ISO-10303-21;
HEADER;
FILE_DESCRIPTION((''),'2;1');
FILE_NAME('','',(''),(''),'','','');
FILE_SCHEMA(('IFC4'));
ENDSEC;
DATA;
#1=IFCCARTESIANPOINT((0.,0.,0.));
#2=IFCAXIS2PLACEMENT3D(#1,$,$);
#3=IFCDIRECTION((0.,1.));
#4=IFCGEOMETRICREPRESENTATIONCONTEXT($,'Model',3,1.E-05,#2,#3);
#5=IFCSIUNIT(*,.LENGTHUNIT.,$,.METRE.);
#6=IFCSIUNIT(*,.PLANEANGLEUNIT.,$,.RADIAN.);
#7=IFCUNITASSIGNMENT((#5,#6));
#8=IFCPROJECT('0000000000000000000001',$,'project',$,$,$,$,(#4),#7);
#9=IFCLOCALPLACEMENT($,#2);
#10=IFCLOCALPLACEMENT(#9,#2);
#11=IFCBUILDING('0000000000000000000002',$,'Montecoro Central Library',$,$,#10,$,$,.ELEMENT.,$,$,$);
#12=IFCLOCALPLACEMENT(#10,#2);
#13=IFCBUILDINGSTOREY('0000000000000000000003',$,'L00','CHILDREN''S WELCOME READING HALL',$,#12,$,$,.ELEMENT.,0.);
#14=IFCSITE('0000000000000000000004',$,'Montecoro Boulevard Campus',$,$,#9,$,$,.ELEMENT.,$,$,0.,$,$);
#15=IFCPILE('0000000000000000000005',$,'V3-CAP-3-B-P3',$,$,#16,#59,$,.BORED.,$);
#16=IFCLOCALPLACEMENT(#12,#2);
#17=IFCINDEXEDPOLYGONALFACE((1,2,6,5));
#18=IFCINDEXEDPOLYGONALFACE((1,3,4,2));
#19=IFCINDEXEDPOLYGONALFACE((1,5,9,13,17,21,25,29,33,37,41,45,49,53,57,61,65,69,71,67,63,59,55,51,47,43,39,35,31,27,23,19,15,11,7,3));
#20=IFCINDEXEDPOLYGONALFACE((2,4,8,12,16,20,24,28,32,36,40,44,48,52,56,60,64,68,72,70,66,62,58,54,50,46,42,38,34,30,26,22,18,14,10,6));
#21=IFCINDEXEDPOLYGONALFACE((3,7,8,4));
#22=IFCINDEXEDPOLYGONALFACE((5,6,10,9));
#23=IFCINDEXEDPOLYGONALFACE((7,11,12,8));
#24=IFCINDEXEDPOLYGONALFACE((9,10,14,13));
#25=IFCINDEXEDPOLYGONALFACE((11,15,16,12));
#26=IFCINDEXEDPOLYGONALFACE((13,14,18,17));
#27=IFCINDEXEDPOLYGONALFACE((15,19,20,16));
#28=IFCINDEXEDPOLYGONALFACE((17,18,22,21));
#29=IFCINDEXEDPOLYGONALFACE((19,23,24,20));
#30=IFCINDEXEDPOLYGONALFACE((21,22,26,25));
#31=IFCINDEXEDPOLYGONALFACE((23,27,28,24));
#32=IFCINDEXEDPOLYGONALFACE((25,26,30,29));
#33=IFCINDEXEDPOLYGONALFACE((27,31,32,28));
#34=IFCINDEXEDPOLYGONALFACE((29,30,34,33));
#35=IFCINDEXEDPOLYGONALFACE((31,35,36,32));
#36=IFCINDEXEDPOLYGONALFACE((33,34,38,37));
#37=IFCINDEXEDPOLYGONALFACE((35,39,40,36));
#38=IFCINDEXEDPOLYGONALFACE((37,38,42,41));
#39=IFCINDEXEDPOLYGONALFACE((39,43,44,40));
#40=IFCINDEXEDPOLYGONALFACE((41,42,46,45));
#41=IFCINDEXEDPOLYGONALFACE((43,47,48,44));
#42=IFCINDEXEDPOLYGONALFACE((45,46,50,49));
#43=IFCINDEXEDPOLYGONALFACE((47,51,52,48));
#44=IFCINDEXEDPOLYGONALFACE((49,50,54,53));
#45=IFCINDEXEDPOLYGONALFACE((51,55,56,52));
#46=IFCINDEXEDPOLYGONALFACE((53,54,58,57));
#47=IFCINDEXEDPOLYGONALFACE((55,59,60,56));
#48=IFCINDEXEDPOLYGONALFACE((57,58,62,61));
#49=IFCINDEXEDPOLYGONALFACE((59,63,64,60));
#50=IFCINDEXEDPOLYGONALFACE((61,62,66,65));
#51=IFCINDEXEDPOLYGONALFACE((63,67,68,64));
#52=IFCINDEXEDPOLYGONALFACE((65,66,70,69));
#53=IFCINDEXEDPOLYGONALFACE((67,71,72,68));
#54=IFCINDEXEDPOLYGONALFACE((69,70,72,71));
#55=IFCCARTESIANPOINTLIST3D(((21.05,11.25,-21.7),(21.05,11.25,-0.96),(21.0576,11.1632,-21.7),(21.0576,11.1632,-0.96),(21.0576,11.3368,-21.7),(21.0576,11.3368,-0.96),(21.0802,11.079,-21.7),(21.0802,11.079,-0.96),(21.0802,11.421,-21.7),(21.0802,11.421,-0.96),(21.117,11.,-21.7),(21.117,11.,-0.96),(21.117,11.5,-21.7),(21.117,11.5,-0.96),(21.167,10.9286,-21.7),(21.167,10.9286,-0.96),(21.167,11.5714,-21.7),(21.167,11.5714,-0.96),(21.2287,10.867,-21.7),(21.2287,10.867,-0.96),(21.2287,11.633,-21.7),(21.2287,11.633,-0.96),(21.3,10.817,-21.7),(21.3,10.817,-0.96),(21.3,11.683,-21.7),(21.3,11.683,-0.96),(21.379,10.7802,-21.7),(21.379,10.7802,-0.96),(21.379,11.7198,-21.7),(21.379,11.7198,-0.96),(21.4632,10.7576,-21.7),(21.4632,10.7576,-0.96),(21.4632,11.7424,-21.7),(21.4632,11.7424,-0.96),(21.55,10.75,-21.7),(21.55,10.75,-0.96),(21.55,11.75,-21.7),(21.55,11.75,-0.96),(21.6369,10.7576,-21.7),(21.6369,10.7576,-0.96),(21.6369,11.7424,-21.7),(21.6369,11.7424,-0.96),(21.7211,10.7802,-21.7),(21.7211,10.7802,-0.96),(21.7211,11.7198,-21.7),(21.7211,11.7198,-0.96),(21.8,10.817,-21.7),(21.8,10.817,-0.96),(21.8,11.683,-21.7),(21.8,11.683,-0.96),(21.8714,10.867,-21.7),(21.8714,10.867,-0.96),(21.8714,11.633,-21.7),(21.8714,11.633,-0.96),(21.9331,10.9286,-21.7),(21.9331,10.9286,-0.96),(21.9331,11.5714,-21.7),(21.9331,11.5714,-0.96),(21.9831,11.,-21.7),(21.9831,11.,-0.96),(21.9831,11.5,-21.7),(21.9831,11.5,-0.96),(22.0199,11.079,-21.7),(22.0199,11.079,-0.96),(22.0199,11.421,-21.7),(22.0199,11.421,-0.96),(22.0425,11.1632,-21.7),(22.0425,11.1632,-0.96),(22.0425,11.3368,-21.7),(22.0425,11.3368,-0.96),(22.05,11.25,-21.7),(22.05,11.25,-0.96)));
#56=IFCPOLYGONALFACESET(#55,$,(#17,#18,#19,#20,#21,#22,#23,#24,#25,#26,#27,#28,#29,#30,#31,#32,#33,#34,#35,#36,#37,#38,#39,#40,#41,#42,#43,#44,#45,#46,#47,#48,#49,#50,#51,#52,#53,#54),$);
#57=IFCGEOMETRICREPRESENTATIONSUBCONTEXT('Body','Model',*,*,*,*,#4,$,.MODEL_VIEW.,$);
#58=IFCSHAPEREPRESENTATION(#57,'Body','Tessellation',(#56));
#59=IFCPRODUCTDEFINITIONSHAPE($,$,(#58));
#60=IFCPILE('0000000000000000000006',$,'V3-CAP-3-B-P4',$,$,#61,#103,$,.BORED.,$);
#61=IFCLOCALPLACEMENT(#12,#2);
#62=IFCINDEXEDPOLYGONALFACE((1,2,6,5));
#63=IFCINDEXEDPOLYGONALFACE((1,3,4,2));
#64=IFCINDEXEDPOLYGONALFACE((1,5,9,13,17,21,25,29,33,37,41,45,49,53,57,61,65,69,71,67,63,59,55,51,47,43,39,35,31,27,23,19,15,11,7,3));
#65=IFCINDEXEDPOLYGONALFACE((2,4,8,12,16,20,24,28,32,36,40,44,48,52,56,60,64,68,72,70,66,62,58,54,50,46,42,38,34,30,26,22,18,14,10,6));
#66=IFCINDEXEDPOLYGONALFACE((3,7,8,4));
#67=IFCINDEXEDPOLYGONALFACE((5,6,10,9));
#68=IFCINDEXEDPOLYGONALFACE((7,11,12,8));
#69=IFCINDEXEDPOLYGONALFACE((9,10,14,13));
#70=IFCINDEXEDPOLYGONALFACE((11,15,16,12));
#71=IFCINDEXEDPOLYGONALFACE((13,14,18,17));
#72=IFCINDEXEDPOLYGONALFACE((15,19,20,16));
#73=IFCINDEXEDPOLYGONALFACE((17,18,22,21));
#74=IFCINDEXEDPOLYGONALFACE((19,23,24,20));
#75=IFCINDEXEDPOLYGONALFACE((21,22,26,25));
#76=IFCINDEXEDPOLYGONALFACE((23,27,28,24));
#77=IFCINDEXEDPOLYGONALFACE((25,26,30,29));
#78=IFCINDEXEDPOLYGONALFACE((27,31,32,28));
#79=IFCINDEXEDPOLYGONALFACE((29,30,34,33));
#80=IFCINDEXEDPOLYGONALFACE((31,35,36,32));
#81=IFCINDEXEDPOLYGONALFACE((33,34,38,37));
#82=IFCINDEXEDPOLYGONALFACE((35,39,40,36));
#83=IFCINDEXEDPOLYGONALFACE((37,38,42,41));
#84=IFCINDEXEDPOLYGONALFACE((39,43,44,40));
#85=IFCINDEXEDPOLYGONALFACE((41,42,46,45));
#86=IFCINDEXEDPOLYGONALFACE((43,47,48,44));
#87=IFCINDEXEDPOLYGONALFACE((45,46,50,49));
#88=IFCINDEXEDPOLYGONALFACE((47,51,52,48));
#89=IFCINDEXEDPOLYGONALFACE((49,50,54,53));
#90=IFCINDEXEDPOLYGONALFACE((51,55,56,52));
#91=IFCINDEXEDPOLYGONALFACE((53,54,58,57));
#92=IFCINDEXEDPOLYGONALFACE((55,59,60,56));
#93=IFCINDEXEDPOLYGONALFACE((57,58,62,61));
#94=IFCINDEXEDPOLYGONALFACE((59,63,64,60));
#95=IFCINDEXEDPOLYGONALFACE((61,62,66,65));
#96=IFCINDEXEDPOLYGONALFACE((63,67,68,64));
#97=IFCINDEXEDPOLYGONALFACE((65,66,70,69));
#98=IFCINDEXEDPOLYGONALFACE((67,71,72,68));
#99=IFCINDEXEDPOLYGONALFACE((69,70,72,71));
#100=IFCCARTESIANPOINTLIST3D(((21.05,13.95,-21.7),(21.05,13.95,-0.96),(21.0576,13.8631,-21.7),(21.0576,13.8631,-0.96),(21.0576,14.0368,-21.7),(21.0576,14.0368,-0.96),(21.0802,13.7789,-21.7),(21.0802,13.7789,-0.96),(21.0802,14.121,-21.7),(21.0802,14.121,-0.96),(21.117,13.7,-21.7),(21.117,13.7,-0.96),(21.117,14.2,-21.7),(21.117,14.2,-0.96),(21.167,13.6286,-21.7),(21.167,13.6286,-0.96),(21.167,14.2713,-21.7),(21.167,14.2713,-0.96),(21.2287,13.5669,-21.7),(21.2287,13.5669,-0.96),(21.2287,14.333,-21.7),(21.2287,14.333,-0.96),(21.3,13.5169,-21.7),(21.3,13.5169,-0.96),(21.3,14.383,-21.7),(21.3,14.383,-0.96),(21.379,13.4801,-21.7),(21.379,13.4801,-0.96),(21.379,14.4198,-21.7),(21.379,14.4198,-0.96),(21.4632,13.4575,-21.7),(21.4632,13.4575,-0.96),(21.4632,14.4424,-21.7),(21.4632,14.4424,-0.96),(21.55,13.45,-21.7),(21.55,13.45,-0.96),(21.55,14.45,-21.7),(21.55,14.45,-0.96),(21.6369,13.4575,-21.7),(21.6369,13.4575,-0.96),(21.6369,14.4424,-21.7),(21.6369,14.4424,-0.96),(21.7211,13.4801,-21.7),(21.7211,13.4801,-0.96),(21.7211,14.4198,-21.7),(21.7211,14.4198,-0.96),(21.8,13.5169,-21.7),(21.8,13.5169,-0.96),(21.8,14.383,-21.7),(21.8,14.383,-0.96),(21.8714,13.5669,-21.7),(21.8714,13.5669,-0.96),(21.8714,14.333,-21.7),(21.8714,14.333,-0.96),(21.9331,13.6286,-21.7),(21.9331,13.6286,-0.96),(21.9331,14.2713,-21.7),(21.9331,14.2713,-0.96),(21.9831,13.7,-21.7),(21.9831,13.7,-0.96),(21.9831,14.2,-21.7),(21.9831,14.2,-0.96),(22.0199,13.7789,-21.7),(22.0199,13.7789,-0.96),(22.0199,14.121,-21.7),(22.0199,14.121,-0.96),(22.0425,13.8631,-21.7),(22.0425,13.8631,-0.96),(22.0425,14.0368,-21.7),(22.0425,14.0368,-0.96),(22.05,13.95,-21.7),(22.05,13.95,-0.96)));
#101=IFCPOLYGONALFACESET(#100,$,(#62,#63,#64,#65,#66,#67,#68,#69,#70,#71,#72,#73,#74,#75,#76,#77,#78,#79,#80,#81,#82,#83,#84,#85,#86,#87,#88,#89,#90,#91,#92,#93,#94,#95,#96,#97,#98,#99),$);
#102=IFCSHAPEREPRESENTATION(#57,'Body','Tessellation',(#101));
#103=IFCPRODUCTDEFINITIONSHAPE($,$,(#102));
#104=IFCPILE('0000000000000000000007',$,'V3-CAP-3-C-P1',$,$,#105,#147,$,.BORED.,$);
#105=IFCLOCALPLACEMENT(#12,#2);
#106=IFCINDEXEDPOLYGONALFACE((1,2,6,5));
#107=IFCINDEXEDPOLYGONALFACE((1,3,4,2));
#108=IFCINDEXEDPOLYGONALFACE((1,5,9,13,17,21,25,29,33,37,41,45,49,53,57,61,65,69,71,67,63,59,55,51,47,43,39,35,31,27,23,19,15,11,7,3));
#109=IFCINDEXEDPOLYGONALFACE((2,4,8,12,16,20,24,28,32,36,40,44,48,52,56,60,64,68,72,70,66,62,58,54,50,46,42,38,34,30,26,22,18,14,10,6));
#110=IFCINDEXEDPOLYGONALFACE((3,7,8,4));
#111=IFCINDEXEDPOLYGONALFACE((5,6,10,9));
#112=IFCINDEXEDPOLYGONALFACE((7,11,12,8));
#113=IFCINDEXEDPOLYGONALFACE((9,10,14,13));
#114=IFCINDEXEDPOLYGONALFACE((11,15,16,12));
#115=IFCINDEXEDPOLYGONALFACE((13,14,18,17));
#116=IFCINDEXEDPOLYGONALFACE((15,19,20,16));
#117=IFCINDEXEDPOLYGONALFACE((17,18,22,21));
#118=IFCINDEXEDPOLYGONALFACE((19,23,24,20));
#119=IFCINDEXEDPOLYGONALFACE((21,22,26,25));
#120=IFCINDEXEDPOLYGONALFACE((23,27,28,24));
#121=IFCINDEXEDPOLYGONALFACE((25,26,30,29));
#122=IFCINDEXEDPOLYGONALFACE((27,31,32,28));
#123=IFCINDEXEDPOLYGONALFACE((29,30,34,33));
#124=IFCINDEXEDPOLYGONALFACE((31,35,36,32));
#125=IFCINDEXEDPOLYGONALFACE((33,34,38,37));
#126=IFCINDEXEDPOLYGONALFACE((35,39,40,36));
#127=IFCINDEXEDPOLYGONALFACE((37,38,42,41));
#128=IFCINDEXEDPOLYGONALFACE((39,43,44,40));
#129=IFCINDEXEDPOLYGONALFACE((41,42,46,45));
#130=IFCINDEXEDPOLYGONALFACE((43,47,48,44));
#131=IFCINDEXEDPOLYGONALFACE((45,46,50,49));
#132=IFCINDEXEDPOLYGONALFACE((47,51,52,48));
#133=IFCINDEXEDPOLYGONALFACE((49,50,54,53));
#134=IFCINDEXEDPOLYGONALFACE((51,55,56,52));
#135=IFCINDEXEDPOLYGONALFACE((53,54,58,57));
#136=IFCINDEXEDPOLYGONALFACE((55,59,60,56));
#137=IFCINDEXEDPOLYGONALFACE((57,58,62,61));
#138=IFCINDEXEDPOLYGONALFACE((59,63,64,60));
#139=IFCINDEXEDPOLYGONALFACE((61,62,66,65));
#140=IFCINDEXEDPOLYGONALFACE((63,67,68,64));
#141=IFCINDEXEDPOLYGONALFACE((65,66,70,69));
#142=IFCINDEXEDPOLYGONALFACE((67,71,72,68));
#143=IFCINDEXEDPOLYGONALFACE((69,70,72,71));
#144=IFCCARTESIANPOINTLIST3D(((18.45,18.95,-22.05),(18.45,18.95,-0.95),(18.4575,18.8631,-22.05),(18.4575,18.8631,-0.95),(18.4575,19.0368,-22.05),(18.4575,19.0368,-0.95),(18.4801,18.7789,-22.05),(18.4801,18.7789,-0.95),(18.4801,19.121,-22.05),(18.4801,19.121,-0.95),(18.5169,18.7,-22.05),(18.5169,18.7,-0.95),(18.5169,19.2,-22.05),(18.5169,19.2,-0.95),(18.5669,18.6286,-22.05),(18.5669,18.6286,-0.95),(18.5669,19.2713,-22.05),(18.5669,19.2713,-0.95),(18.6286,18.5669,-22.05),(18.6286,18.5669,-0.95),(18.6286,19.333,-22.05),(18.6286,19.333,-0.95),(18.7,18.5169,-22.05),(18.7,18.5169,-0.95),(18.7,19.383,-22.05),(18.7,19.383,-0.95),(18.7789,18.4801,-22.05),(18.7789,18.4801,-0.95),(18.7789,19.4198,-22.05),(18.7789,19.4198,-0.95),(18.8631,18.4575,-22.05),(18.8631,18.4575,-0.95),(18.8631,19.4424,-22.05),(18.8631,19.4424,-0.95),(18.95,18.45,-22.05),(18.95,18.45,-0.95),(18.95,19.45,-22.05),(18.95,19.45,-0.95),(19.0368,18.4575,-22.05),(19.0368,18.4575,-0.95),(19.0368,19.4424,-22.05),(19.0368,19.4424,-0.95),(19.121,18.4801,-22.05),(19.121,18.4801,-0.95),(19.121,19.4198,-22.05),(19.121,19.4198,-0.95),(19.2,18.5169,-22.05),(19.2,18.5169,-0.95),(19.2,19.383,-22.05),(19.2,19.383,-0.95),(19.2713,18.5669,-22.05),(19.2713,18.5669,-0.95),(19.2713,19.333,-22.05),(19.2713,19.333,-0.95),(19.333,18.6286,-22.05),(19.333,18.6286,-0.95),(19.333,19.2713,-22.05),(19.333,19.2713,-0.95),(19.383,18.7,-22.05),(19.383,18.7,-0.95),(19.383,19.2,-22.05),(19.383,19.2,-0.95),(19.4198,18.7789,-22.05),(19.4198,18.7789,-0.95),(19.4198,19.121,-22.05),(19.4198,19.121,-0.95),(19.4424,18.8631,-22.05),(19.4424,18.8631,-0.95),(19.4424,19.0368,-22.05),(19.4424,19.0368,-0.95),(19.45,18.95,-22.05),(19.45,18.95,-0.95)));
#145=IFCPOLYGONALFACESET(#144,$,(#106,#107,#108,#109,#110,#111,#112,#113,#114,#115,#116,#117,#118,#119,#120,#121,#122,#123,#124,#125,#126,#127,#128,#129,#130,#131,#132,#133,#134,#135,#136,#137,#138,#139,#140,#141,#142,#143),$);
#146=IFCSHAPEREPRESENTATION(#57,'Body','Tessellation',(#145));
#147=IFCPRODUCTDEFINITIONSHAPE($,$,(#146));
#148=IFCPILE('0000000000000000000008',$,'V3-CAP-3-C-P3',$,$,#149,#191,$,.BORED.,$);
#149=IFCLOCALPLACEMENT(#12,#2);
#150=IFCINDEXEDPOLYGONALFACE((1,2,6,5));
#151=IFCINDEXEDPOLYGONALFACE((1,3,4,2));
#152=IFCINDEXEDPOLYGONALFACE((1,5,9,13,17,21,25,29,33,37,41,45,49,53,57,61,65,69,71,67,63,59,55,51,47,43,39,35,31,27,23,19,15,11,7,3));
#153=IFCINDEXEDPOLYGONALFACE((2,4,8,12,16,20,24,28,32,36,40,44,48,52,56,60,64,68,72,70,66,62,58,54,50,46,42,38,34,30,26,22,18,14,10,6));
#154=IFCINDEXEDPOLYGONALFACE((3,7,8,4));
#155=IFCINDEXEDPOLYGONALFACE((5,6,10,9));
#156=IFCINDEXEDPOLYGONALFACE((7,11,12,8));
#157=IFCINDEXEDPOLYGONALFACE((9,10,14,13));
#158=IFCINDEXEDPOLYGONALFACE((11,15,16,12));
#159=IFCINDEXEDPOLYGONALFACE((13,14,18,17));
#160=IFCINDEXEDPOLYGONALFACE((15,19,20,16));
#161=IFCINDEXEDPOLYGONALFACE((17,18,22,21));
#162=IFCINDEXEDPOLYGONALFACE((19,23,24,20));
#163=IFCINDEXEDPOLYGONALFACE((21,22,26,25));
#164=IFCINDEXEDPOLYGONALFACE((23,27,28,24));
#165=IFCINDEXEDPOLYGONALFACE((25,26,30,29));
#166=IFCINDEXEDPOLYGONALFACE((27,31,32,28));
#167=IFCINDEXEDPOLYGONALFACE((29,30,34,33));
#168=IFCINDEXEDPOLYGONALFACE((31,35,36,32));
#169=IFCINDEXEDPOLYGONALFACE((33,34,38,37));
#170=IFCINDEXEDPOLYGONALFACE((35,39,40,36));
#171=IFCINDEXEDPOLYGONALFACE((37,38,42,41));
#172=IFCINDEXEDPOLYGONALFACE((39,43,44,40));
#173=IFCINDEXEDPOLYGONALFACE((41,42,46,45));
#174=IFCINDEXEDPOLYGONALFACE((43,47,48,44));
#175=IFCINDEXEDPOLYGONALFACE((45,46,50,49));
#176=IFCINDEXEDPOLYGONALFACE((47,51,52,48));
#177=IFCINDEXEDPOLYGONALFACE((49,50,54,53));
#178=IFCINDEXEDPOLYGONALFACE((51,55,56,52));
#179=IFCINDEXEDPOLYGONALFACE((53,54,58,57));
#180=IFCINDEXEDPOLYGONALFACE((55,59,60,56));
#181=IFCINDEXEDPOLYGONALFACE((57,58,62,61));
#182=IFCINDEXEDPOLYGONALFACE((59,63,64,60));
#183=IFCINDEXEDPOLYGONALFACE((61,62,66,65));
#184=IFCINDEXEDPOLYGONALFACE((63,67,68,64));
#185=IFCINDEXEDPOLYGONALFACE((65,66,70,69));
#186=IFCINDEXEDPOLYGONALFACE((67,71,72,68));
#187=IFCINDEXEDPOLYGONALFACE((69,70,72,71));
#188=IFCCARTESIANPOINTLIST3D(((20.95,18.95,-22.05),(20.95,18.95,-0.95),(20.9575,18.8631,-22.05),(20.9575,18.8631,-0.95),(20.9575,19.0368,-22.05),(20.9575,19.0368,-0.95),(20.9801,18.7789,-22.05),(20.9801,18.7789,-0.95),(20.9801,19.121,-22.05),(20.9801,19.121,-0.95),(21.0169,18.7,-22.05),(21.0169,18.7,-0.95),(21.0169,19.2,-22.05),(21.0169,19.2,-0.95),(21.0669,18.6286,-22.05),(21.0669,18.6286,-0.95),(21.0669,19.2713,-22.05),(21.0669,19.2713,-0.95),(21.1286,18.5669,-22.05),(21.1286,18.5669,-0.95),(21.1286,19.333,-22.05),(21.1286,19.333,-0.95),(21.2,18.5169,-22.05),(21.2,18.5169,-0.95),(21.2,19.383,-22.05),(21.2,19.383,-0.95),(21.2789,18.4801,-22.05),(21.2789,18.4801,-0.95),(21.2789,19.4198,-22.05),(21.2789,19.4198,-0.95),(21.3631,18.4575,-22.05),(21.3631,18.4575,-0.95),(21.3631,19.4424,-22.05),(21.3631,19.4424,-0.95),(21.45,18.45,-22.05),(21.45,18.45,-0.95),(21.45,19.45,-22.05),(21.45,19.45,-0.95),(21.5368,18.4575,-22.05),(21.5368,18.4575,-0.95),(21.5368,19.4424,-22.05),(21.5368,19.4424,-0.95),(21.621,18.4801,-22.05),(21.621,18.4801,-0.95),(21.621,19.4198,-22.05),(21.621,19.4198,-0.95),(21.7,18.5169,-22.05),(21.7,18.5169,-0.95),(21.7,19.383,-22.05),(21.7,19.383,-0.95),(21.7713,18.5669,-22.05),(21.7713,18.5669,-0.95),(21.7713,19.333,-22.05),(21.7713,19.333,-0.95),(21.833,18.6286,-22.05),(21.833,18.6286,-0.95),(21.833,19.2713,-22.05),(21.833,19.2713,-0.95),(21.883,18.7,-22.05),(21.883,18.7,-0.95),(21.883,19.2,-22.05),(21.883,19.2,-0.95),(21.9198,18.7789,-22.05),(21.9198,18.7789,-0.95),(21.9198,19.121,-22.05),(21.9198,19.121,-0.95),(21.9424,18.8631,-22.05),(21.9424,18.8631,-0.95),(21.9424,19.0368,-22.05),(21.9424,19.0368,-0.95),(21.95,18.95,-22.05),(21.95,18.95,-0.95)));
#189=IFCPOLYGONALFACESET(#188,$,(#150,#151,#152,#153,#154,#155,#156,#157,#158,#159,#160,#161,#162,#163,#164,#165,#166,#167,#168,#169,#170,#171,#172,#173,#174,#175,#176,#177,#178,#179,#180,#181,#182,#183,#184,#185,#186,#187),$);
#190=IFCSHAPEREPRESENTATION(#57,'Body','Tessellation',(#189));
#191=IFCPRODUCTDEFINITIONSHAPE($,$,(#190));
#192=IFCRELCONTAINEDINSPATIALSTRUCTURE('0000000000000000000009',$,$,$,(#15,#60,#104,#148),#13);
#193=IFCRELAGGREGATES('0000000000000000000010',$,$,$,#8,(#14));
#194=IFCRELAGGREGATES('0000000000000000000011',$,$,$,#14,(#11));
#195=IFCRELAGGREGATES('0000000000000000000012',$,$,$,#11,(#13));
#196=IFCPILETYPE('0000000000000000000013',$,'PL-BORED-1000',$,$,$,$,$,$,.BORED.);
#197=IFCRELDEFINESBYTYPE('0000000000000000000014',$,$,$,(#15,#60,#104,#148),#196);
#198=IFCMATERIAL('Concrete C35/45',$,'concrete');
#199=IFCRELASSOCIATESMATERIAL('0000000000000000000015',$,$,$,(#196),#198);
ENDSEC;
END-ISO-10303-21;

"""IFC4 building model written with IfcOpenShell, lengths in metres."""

from ifc_helpers import new_model, si_unit, direction, frame, origin, origin_2d, place, context, subcontext, project, spatial, circle, extrude, material, material_profile, profile_set, type_object, element, save


model = new_model("IFC4")

# Units and contexts
model_context = context("Model", 3, precision=1e-05, world=origin(), true_north=direction((0.0, 1.0)))
body_context = subcontext(model_context, "Body", "Model", "MODEL_VIEW")
ifc_project = project(units=[si_unit("LENGTHUNIT", "METRE"), si_unit("PLANEANGLEUNIT", "RADIAN")], contexts=[model_context])

# Site, building, storey
site_placement = place(None, origin())
site = spatial("IfcSite", under=ifc_project, at=site_placement, Name="Montecoro Boulevard Campus", CompositionType="ELEMENT", RefElevation=0.0)
building_placement = place(site_placement, origin())
building = spatial("IfcBuilding", under=site, at=building_placement, Name="Montecoro Central Library", CompositionType="ELEMENT")
storey_placement = place(building_placement, origin())
storey = spatial("IfcBuildingStorey", under=building, at=storey_placement, Name="L00", Description="CHILDREN'S WELCOME READING HALL", CompositionType="ELEMENT", Elevation=0.0)

# Shared definitions
ifc_material_1 = material(Name="Concrete C35/45", Category="concrete")

# Piles
ifc_material_profile_1 = material_profile(ifc_material_1, circle(Radius=0.5, at=origin_2d()), Name="PILE D1000")
ifc_profile_set_1 = profile_set([ifc_material_profile_1], Name="Concrete C35/45")
pile_type_1 = type_object("IfcPileType", Name="PL-BORED-1000", PredefinedType="BORED", material=ifc_profile_set_1)
for number, where, z_axis, x_axis, name in (
    (1, (21.55, 11.25, -0.96), (0.0, 0.0, -1.0), (1.0, 0.0, 0.0), "V3-CAP-3-B-P3"),
    (2, (21.55, 13.95, -0.96), (0.0, 0.0, -1.0), (1.0, 0.0, 0.0), "V3-CAP-3-B-P4"),
):
    element("IfcPile", number, at=place(storey_placement, frame(where, z_axis=z_axis, x_axis=x_axis)), inside=storey, type_object=pile_type_1, Name=name, PredefinedType="BORED", context=body_context, shape_type="SweptSolid", body=[
        extrude(circle(Radius=0.5, at=origin_2d()), origin(), (0.0, 0.0, 1.0), 20.74),
    ])
for number, where, z_axis, x_axis, name in (
    (3, (18.95, 18.95, -0.95), (0.0, 0.0, -1.0), (1.0, 0.0, 0.0), "V3-CAP-3-C-P1"),
    (4, (21.45, 18.95, -0.95), (0.0, 0.0, -1.0), (1.0, 0.0, 0.0), "V3-CAP-3-C-P3"),
):
    element("IfcPile", number, at=place(storey_placement, frame(where, z_axis=z_axis, x_axis=x_axis)), inside=storey, type_object=pile_type_1, Name=name, PredefinedType="BORED", context=body_context, shape_type="SweptSolid", body=[
        extrude(circle(Radius=0.5, at=origin_2d()), origin(), (0.0, 0.0, 1.0), 21.1001),
    ])

save(model, "model.ifc")
